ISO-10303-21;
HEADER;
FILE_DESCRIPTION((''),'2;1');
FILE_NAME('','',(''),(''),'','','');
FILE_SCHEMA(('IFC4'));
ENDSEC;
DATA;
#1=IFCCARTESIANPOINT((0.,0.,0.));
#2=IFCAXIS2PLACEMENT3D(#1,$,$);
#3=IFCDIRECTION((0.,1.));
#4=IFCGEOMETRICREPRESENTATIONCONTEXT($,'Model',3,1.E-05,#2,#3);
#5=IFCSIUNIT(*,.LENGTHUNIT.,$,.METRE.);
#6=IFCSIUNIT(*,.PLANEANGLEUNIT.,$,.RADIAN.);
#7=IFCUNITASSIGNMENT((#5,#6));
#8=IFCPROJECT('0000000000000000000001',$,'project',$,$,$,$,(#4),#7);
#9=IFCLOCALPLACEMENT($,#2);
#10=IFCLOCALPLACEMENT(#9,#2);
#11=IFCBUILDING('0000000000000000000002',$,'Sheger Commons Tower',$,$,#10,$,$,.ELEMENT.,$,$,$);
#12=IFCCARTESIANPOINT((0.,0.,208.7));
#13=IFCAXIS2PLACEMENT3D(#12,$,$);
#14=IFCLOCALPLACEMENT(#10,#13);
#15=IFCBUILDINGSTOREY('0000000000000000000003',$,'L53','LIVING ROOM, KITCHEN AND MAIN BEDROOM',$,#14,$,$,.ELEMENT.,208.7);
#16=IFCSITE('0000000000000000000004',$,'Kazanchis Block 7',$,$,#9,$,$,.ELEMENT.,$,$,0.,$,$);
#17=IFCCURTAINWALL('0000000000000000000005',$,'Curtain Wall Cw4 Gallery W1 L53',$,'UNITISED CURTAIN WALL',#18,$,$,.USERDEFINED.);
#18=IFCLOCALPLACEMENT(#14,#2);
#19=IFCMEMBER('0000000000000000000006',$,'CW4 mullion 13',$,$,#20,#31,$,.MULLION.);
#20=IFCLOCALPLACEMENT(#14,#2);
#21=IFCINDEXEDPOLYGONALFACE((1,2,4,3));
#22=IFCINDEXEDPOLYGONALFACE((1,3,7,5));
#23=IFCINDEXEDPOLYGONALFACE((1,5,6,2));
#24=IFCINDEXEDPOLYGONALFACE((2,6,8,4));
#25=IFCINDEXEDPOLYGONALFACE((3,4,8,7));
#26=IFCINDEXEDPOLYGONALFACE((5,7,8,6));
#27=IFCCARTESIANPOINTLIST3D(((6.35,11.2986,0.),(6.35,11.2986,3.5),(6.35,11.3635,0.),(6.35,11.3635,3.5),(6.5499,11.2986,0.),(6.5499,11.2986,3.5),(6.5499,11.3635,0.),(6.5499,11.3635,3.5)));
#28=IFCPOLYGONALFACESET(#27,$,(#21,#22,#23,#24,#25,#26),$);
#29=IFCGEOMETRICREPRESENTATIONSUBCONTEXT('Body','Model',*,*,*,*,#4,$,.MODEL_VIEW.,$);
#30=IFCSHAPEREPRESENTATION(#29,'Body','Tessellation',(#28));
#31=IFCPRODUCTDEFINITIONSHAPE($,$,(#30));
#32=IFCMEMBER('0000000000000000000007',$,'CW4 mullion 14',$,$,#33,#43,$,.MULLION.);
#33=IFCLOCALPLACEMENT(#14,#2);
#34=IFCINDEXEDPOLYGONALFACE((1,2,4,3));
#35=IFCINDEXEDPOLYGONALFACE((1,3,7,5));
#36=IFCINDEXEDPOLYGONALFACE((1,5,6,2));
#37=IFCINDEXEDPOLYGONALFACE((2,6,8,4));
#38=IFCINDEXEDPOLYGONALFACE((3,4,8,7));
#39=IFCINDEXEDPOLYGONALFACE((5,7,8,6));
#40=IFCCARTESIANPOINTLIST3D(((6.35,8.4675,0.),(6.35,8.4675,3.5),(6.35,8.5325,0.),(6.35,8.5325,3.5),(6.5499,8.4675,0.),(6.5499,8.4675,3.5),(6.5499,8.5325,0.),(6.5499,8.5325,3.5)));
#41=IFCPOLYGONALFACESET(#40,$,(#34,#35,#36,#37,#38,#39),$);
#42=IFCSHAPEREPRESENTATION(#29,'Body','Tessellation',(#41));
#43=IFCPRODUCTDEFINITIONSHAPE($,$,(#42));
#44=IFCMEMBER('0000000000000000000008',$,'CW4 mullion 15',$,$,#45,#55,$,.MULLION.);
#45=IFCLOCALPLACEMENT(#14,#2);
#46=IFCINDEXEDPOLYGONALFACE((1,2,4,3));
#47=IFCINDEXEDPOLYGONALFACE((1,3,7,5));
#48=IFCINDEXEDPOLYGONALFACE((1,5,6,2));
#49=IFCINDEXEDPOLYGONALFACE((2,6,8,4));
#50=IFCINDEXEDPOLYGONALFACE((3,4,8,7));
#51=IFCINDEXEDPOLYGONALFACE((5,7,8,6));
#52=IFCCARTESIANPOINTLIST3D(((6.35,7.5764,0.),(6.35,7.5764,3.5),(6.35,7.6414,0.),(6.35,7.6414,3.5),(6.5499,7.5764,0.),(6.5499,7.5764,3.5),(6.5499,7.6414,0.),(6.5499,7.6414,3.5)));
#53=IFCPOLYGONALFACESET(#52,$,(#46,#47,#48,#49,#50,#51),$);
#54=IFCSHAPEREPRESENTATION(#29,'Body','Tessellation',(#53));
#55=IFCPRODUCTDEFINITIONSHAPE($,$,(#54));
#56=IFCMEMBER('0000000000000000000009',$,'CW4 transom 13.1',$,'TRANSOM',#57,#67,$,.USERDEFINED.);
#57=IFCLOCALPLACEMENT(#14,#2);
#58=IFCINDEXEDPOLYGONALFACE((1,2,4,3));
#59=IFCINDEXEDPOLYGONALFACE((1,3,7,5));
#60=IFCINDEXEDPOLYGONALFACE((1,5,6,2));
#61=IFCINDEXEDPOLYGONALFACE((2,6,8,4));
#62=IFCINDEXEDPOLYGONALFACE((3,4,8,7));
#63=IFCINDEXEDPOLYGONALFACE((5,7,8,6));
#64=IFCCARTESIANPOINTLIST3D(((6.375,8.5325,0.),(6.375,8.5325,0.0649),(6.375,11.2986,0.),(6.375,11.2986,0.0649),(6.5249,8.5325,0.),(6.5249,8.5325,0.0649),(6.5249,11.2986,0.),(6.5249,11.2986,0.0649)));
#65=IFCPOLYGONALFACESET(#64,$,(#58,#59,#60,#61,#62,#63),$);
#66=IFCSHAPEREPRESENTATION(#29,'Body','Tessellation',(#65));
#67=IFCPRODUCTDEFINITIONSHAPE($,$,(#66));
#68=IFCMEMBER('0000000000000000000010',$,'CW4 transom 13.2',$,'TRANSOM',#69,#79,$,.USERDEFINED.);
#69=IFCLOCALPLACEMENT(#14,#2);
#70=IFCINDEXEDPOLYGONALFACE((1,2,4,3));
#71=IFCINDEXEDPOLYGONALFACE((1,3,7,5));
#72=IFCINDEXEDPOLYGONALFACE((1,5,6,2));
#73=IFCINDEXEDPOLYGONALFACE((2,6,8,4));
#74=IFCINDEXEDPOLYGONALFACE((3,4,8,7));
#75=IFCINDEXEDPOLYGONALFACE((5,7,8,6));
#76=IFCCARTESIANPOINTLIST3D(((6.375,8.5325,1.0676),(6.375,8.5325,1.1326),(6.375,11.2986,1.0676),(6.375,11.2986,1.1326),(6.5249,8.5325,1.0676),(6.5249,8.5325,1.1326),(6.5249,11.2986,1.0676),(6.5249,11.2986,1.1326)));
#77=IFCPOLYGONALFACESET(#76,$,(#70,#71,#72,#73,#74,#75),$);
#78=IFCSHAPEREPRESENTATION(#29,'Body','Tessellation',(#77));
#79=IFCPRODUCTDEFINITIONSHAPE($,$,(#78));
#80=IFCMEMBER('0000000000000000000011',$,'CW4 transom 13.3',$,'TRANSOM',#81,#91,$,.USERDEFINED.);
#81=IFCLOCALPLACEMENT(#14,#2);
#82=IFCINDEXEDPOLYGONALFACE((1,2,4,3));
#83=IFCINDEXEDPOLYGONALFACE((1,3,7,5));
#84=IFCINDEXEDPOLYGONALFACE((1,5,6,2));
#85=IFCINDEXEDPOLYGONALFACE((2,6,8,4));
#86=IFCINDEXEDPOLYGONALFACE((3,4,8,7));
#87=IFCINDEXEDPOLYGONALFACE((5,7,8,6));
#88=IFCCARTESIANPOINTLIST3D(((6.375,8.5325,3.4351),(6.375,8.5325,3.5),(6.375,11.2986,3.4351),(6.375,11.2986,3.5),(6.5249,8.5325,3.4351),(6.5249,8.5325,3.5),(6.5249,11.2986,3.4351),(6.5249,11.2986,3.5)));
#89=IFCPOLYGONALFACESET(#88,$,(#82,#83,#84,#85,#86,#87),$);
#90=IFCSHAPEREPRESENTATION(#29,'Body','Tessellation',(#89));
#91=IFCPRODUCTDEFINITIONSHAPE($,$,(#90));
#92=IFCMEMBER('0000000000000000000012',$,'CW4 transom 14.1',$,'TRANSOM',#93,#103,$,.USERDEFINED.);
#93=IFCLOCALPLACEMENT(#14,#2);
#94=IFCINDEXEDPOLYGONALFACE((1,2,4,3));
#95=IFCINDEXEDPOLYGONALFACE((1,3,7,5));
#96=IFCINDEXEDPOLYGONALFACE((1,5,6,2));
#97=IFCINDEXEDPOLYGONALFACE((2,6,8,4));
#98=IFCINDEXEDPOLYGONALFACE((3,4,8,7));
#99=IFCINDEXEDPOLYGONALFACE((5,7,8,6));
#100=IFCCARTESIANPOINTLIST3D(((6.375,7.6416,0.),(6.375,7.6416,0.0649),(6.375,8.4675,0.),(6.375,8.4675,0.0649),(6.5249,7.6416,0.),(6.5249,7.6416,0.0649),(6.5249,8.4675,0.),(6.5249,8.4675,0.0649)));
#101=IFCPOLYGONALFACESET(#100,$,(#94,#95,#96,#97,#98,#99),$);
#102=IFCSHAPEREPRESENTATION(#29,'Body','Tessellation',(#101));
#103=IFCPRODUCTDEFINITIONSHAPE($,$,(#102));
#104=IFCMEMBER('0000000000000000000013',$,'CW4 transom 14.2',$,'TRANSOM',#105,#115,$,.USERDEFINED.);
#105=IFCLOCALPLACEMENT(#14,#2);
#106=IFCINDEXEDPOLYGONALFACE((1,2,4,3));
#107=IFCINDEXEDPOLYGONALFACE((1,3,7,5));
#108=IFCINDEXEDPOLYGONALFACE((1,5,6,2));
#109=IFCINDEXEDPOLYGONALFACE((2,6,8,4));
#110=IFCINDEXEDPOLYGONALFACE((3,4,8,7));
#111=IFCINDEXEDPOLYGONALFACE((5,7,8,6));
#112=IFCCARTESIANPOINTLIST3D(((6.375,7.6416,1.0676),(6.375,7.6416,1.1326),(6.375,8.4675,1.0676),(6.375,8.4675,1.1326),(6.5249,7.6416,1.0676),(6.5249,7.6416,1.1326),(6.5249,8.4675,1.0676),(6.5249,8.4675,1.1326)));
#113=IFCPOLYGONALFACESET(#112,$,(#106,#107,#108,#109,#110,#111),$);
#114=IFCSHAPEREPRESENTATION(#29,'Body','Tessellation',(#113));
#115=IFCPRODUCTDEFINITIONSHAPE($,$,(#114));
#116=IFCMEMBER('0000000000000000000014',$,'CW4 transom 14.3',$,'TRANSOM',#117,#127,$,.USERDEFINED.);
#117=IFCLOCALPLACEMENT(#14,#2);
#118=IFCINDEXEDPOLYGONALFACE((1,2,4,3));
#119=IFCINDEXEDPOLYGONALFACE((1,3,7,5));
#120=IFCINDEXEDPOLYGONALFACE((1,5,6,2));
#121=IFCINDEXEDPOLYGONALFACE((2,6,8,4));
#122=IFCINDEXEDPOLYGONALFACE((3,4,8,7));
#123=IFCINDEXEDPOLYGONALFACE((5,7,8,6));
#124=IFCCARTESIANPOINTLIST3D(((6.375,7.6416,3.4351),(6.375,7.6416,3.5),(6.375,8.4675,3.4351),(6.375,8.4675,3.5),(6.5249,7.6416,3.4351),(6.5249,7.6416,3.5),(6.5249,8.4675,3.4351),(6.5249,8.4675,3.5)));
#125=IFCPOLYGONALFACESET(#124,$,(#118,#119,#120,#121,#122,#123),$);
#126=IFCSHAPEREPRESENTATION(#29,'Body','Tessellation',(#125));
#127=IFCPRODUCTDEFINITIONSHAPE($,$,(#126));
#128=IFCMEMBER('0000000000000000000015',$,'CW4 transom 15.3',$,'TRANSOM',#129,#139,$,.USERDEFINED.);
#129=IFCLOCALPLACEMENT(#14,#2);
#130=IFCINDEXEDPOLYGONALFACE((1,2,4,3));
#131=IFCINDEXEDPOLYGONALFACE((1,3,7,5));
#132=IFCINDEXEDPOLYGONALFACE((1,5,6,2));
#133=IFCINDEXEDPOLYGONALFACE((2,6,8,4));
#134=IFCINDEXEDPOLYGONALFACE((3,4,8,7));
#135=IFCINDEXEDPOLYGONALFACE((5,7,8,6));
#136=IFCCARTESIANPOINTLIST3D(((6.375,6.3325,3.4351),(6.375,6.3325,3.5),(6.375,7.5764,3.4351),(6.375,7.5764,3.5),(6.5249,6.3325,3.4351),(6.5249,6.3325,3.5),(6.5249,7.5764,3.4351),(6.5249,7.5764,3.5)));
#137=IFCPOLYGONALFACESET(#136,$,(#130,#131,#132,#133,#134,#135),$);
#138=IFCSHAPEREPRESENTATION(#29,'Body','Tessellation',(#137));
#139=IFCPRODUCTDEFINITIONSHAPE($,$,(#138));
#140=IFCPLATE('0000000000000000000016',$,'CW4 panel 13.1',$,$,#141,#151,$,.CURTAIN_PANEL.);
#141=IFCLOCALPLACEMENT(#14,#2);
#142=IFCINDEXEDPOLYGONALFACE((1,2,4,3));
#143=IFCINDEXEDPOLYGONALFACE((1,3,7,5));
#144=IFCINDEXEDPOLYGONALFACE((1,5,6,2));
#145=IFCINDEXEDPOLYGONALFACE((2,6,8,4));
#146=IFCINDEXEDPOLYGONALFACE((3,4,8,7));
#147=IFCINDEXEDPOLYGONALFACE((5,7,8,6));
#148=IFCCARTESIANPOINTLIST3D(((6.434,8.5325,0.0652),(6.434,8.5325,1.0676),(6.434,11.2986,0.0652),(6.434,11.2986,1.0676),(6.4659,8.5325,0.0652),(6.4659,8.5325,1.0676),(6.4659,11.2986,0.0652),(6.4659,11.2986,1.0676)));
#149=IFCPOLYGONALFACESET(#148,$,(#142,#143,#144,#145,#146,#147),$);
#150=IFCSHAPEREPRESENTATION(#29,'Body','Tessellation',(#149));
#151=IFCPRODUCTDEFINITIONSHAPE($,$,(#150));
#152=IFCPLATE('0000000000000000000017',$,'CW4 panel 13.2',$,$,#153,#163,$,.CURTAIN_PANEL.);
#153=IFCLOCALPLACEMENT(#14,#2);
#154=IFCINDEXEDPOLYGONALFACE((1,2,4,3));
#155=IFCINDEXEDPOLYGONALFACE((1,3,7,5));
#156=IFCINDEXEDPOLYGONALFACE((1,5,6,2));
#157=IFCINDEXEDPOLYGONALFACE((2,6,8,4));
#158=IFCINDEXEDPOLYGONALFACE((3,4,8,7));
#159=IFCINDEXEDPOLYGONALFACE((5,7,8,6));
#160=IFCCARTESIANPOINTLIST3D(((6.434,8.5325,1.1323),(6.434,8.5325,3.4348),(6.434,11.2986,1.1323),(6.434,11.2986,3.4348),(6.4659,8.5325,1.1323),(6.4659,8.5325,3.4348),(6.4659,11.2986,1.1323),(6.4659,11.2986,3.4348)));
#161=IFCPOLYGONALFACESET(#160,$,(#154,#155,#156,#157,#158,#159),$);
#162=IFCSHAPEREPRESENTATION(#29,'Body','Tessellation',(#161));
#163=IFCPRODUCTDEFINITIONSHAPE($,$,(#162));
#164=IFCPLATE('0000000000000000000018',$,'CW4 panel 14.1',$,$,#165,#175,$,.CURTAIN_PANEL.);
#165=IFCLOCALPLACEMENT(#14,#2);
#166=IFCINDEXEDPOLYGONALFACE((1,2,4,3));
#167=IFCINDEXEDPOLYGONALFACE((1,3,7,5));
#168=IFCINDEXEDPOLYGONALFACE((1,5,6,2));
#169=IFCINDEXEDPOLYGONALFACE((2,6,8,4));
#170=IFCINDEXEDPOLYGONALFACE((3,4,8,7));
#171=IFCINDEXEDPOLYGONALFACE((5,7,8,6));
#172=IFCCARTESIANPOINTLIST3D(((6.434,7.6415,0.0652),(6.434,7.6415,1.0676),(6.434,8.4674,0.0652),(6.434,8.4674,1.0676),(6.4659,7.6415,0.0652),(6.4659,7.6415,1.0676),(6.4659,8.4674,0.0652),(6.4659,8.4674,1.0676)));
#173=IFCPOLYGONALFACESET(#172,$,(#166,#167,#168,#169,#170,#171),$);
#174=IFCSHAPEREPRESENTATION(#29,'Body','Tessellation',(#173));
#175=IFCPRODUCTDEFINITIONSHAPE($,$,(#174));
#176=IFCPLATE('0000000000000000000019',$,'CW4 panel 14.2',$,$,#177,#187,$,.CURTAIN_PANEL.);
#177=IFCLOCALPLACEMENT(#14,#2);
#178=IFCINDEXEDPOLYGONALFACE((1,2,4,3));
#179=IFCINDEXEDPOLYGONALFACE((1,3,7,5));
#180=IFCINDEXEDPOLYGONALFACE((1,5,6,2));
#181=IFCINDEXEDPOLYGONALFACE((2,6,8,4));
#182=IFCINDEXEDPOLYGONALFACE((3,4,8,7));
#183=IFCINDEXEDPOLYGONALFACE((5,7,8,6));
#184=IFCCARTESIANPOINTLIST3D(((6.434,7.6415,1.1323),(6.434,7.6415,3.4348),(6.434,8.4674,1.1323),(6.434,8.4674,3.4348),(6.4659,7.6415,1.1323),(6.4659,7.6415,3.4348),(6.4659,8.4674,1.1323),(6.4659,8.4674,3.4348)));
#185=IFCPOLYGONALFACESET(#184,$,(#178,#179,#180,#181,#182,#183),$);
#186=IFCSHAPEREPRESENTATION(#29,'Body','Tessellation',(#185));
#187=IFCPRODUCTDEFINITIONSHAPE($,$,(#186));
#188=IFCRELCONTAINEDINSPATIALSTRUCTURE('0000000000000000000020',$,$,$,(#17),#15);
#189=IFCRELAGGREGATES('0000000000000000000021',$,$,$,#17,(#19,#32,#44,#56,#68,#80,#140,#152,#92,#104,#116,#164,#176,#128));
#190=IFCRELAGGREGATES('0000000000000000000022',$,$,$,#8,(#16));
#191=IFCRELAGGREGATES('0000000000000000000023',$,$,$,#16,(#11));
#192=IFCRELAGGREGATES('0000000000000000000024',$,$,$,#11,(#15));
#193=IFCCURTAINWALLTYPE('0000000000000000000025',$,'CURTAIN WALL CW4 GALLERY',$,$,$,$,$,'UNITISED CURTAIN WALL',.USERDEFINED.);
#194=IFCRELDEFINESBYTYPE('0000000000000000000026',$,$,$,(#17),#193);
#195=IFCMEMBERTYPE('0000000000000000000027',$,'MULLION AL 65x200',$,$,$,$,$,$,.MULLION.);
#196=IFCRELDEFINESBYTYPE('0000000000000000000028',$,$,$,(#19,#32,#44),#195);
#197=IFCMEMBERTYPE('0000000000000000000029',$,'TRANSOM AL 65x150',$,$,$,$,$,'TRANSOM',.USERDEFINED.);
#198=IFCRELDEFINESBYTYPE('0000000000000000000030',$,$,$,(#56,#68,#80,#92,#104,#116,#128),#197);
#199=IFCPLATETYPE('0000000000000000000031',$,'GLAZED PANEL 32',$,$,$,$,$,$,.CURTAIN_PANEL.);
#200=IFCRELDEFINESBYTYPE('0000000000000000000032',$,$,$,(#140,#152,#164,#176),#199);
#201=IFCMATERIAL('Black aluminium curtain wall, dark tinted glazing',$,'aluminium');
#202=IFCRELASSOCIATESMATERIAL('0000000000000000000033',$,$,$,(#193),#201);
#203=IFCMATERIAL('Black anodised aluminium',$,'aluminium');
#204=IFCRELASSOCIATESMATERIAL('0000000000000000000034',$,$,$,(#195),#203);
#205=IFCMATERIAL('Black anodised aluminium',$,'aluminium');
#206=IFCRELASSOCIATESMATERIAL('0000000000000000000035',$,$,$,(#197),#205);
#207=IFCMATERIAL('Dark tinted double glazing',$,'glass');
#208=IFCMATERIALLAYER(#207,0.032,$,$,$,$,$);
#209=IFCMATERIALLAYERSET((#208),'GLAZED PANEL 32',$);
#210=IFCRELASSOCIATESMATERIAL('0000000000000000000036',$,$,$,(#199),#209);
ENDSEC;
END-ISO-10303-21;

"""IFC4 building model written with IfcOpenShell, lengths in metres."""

from ifc_helpers import new_model, si_unit, direction, frame, origin, origin_2d, place, context, subcontext, project, spatial, rectangle, extrude, material, layer, layer_set, material_profile, profile_set, type_object, element, aggregate, save


model = new_model("IFC4")

# Units and contexts
model_context = context("Model", 3, precision=1e-05, world=origin(), true_north=direction((0.0, 1.0)))
body_context = subcontext(model_context, "Body", "Model", "MODEL_VIEW")
ifc_project = project(units=[si_unit("LENGTHUNIT", "METRE"), si_unit("PLANEANGLEUNIT", "RADIAN")], contexts=[model_context])

# Site, building, storey
site_placement = place(None, origin())
site = spatial("IfcSite", under=ifc_project, at=site_placement, Name="Kazanchis Block 7", CompositionType="ELEMENT", RefElevation=0.0)
building_placement = place(site_placement, origin())
building = spatial("IfcBuilding", under=site, at=building_placement, Name="Sheger Commons Tower", CompositionType="ELEMENT")
storey_placement = place(building_placement, frame((0.0, 0.0, 208.7)))
storey = spatial("IfcBuildingStorey", under=building, at=storey_placement, Name="L53", Description="LIVING ROOM, KITCHEN AND MAIN BEDROOM", CompositionType="ELEMENT", Elevation=208.7)

# Curtain wall, members, plates
ifc_material_1 = material(Name="Black aluminium curtain wall, dark tinted glazing", Category="aluminium")
curtain_wall_type = type_object("IfcCurtainWallType", Name="CURTAIN WALL CW4 GALLERY", ElementType="UNITISED CURTAIN WALL", PredefinedType="USERDEFINED", material=ifc_material_1)
curtain_wall_placement = place(storey_placement, origin())
curtain_wall = element("IfcCurtainWall", 1, at=curtain_wall_placement, inside=storey, type_object=curtain_wall_type, Name="Curtain Wall Cw4 Gallery W1 L53", ObjectType="UNITISED CURTAIN WALL", PredefinedType="USERDEFINED")
ifc_material_2 = material(Name="Black anodised aluminium", Category="aluminium")
ifc_material_profile_1 = material_profile(ifc_material_2, rectangle(XDim=0.2, YDim=0.0649, at=origin_2d()), Name="AL 65x200")
ifc_profile_set_1 = profile_set([ifc_material_profile_1], Name="Black anodised aluminium")
member_type_1 = type_object("IfcMemberType", Name="MULLION AL 65x200", PredefinedType="MULLION", material=ifc_profile_set_1)
member_1_placement = place(storey_placement, frame((6.45, 11.3311, 0.0), z_axis=(0.0, 0.0, 1.0), x_axis=(1.0, 0.0, 0.0)))
member_1 = element("IfcMember", 2, at=member_1_placement, type_object=member_type_1, Name="CW4 mullion 13", PredefinedType="MULLION", context=body_context, shape_type="SweptSolid", body=[
    extrude(rectangle(XDim=0.2, YDim=0.0649, at=origin_2d()), origin(), (0.0, 0.0, 1.0), 3.5),
])
member_2_placement = place(storey_placement, frame((6.45, 8.5, 0.0), z_axis=(0.0, 0.0, 1.0), x_axis=(1.0, 0.0, 0.0)))
member_2 = element("IfcMember", 3, at=member_2_placement, type_object=member_type_1, Name="CW4 mullion 14", PredefinedType="MULLION", context=body_context, shape_type="SweptSolid", body=[
    extrude(rectangle(XDim=0.2, YDim=0.0649, at=origin_2d()), origin(), (0.0, 0.0, 1.0), 3.5),
])
member_3_placement = place(storey_placement, frame((6.45, 7.6089, 0.0), z_axis=(0.0, 0.0, 1.0), x_axis=(1.0, 0.0, 0.0)))
member_3 = element("IfcMember", 4, at=member_3_placement, type_object=member_type_1, Name="CW4 mullion 15", PredefinedType="MULLION", context=body_context, shape_type="SweptSolid", body=[
    extrude(rectangle(XDim=0.2, YDim=0.0649, at=origin_2d()), origin(), (0.0, 0.0, 1.0), 3.5),
])
ifc_material_3 = material(Name="Black anodised aluminium", Category="aluminium")
ifc_material_profile_2 = material_profile(ifc_material_3, rectangle(XDim=0.1499, YDim=0.0649, at=origin_2d()), Name="AL 65x150")
ifc_profile_set_2 = profile_set([ifc_material_profile_2], Name="Black anodised aluminium")
member_type_2 = type_object("IfcMemberType", Name="TRANSOM AL 65x150", ElementType="TRANSOM", PredefinedType="USERDEFINED", material=ifc_profile_set_2)
member_4_placement = place(storey_placement, frame((6.45, 11.2986, 0.0325), z_axis=(0.0, -1.0, 0.0), x_axis=(1.0, 0.0, 0.0)))
member_4 = element("IfcMember", 5, at=member_4_placement, type_object=member_type_2, Name="CW4 transom 13.1", ObjectType="TRANSOM", PredefinedType="USERDEFINED", context=body_context, shape_type="SweptSolid", body=[
    extrude(rectangle(XDim=0.1499, YDim=0.0649, at=origin_2d()), origin(), (0.0, 0.0, 1.0), 2.7661),
])
member_5_placement = place(storey_placement, frame((6.45, 11.2986, 1.1001), z_axis=(0.0, -1.0, 0.0), x_axis=(1.0, 0.0, 0.0)))
member_5 = element("IfcMember", 6, at=member_5_placement, type_object=member_type_2, Name="CW4 transom 13.2", ObjectType="TRANSOM", PredefinedType="USERDEFINED", context=body_context, shape_type="SweptSolid", body=[
    extrude(rectangle(XDim=0.1499, YDim=0.0649, at=origin_2d()), origin(), (0.0, 0.0, 1.0), 2.7661),
])
member_6_placement = place(storey_placement, frame((6.45, 11.2986, 3.4675), z_axis=(0.0, -1.0, 0.0), x_axis=(1.0, 0.0, 0.0)))
member_6 = element("IfcMember", 7, at=member_6_placement, type_object=member_type_2, Name="CW4 transom 13.3", ObjectType="TRANSOM", PredefinedType="USERDEFINED", context=body_context, shape_type="SweptSolid", body=[
    extrude(rectangle(XDim=0.1499, YDim=0.0649, at=origin_2d()), origin(), (0.0, 0.0, 1.0), 2.7661),
])
member_7_placement = place(storey_placement, frame((6.45, 8.4675, 0.0325), z_axis=(0.0, -1.0, 0.0), x_axis=(1.0, 0.0, 0.0)))
member_7 = element("IfcMember", 8, at=member_7_placement, type_object=member_type_2, Name="CW4 transom 14.1", ObjectType="TRANSOM", PredefinedType="USERDEFINED", context=body_context, shape_type="SweptSolid", body=[
    extrude(rectangle(XDim=0.1499, YDim=0.0649, at=origin_2d()), origin(), (0.0, 0.0, 1.0), 0.8259),
])
member_8_placement = place(storey_placement, frame((6.45, 8.4675, 1.1001), z_axis=(0.0, -1.0, 0.0), x_axis=(1.0, 0.0, 0.0)))
member_8 = element("IfcMember", 9, at=member_8_placement, type_object=member_type_2, Name="CW4 transom 14.2", ObjectType="TRANSOM", PredefinedType="USERDEFINED", context=body_context, shape_type="SweptSolid", body=[
    extrude(rectangle(XDim=0.1499, YDim=0.0649, at=origin_2d()), origin(), (0.0, 0.0, 1.0), 0.8259),
])
member_9_placement = place(storey_placement, frame((6.45, 8.4675, 3.4675), z_axis=(0.0, -1.0, 0.0), x_axis=(1.0, 0.0, 0.0)))
member_9 = element("IfcMember", 10, at=member_9_placement, type_object=member_type_2, Name="CW4 transom 14.3", ObjectType="TRANSOM", PredefinedType="USERDEFINED", context=body_context, shape_type="SweptSolid", body=[
    extrude(rectangle(XDim=0.1499, YDim=0.0649, at=origin_2d()), origin(), (0.0, 0.0, 1.0), 0.8259),
])
member_10_placement = place(storey_placement, frame((6.45, 7.5764, 3.4675), z_axis=(0.0, -1.0, 0.0), x_axis=(1.0, 0.0, 0.0)))
member_10 = element("IfcMember", 11, at=member_10_placement, type_object=member_type_2, Name="CW4 transom 15.3", ObjectType="TRANSOM", PredefinedType="USERDEFINED", context=body_context, shape_type="SweptSolid", body=[
    extrude(rectangle(XDim=0.1499, YDim=0.0649, at=origin_2d()), origin(), (0.0, 0.0, 1.0), 1.2439),
])
ifc_material_4 = material(Name="Dark tinted double glazing", Category="glass")
ifc_layer = layer(ifc_material_4, 0.032)
ifc_layer_set = layer_set([ifc_layer], Name="GLAZED PANEL 32")
plate_type = type_object("IfcPlateType", Name="GLAZED PANEL 32", PredefinedType="CURTAIN_PANEL", material=ifc_layer_set)
plate_1_placement = place(storey_placement, frame((6.45, 9.9155, 0.0652), z_axis=(0.0, 0.0, 1.0), x_axis=(0.0, -1.0, 0.0)))
plate_1 = element("IfcPlate", 12, at=plate_1_placement, type_object=plate_type, Name="CW4 panel 13.1", PredefinedType="CURTAIN_PANEL", context=body_context, shape_type="SweptSolid", body=[
    extrude(rectangle(XDim=2.7661, YDim=0.032, at=origin_2d()), origin(), (0.0, 0.0, 1.0), 1.0024),
])
plate_2_placement = place(storey_placement, frame((6.45, 9.9155, 1.1323), z_axis=(0.0, 0.0, 1.0), x_axis=(0.0, -1.0, 0.0)))
plate_2 = element("IfcPlate", 13, at=plate_2_placement, type_object=plate_type, Name="CW4 panel 13.2", PredefinedType="CURTAIN_PANEL", context=body_context, shape_type="SweptSolid", body=[
    extrude(rectangle(XDim=2.7661, YDim=0.032, at=origin_2d()), origin(), (0.0, 0.0, 1.0), 2.3025),
])
plate_3_placement = place(storey_placement, frame((6.45, 8.0544, 0.0652), z_axis=(0.0, 0.0, 1.0), x_axis=(0.0, -1.0, 0.0)))
plate_3 = element("IfcPlate", 14, at=plate_3_placement, type_object=plate_type, Name="CW4 panel 14.1", PredefinedType="CURTAIN_PANEL", context=body_context, shape_type="SweptSolid", body=[
    extrude(rectangle(XDim=0.8259, YDim=0.032, at=origin_2d()), origin(), (0.0, 0.0, 1.0), 1.0024),
])
plate_4_placement = place(storey_placement, frame((6.45, 8.0544, 1.1323), z_axis=(0.0, 0.0, 1.0), x_axis=(0.0, -1.0, 0.0)))
plate_4 = element("IfcPlate", 15, at=plate_4_placement, type_object=plate_type, Name="CW4 panel 14.2", PredefinedType="CURTAIN_PANEL", context=body_context, shape_type="SweptSolid", body=[
    extrude(rectangle(XDim=0.8259, YDim=0.032, at=origin_2d()), origin(), (0.0, 0.0, 1.0), 2.3025),
])
aggregate(curtain_wall, [member_1, member_2, member_3, member_4, member_5, member_6, plate_1, plate_2, member_7, member_8, member_9, plate_3, plate_4, member_10])

save(model, "model.ifc")
